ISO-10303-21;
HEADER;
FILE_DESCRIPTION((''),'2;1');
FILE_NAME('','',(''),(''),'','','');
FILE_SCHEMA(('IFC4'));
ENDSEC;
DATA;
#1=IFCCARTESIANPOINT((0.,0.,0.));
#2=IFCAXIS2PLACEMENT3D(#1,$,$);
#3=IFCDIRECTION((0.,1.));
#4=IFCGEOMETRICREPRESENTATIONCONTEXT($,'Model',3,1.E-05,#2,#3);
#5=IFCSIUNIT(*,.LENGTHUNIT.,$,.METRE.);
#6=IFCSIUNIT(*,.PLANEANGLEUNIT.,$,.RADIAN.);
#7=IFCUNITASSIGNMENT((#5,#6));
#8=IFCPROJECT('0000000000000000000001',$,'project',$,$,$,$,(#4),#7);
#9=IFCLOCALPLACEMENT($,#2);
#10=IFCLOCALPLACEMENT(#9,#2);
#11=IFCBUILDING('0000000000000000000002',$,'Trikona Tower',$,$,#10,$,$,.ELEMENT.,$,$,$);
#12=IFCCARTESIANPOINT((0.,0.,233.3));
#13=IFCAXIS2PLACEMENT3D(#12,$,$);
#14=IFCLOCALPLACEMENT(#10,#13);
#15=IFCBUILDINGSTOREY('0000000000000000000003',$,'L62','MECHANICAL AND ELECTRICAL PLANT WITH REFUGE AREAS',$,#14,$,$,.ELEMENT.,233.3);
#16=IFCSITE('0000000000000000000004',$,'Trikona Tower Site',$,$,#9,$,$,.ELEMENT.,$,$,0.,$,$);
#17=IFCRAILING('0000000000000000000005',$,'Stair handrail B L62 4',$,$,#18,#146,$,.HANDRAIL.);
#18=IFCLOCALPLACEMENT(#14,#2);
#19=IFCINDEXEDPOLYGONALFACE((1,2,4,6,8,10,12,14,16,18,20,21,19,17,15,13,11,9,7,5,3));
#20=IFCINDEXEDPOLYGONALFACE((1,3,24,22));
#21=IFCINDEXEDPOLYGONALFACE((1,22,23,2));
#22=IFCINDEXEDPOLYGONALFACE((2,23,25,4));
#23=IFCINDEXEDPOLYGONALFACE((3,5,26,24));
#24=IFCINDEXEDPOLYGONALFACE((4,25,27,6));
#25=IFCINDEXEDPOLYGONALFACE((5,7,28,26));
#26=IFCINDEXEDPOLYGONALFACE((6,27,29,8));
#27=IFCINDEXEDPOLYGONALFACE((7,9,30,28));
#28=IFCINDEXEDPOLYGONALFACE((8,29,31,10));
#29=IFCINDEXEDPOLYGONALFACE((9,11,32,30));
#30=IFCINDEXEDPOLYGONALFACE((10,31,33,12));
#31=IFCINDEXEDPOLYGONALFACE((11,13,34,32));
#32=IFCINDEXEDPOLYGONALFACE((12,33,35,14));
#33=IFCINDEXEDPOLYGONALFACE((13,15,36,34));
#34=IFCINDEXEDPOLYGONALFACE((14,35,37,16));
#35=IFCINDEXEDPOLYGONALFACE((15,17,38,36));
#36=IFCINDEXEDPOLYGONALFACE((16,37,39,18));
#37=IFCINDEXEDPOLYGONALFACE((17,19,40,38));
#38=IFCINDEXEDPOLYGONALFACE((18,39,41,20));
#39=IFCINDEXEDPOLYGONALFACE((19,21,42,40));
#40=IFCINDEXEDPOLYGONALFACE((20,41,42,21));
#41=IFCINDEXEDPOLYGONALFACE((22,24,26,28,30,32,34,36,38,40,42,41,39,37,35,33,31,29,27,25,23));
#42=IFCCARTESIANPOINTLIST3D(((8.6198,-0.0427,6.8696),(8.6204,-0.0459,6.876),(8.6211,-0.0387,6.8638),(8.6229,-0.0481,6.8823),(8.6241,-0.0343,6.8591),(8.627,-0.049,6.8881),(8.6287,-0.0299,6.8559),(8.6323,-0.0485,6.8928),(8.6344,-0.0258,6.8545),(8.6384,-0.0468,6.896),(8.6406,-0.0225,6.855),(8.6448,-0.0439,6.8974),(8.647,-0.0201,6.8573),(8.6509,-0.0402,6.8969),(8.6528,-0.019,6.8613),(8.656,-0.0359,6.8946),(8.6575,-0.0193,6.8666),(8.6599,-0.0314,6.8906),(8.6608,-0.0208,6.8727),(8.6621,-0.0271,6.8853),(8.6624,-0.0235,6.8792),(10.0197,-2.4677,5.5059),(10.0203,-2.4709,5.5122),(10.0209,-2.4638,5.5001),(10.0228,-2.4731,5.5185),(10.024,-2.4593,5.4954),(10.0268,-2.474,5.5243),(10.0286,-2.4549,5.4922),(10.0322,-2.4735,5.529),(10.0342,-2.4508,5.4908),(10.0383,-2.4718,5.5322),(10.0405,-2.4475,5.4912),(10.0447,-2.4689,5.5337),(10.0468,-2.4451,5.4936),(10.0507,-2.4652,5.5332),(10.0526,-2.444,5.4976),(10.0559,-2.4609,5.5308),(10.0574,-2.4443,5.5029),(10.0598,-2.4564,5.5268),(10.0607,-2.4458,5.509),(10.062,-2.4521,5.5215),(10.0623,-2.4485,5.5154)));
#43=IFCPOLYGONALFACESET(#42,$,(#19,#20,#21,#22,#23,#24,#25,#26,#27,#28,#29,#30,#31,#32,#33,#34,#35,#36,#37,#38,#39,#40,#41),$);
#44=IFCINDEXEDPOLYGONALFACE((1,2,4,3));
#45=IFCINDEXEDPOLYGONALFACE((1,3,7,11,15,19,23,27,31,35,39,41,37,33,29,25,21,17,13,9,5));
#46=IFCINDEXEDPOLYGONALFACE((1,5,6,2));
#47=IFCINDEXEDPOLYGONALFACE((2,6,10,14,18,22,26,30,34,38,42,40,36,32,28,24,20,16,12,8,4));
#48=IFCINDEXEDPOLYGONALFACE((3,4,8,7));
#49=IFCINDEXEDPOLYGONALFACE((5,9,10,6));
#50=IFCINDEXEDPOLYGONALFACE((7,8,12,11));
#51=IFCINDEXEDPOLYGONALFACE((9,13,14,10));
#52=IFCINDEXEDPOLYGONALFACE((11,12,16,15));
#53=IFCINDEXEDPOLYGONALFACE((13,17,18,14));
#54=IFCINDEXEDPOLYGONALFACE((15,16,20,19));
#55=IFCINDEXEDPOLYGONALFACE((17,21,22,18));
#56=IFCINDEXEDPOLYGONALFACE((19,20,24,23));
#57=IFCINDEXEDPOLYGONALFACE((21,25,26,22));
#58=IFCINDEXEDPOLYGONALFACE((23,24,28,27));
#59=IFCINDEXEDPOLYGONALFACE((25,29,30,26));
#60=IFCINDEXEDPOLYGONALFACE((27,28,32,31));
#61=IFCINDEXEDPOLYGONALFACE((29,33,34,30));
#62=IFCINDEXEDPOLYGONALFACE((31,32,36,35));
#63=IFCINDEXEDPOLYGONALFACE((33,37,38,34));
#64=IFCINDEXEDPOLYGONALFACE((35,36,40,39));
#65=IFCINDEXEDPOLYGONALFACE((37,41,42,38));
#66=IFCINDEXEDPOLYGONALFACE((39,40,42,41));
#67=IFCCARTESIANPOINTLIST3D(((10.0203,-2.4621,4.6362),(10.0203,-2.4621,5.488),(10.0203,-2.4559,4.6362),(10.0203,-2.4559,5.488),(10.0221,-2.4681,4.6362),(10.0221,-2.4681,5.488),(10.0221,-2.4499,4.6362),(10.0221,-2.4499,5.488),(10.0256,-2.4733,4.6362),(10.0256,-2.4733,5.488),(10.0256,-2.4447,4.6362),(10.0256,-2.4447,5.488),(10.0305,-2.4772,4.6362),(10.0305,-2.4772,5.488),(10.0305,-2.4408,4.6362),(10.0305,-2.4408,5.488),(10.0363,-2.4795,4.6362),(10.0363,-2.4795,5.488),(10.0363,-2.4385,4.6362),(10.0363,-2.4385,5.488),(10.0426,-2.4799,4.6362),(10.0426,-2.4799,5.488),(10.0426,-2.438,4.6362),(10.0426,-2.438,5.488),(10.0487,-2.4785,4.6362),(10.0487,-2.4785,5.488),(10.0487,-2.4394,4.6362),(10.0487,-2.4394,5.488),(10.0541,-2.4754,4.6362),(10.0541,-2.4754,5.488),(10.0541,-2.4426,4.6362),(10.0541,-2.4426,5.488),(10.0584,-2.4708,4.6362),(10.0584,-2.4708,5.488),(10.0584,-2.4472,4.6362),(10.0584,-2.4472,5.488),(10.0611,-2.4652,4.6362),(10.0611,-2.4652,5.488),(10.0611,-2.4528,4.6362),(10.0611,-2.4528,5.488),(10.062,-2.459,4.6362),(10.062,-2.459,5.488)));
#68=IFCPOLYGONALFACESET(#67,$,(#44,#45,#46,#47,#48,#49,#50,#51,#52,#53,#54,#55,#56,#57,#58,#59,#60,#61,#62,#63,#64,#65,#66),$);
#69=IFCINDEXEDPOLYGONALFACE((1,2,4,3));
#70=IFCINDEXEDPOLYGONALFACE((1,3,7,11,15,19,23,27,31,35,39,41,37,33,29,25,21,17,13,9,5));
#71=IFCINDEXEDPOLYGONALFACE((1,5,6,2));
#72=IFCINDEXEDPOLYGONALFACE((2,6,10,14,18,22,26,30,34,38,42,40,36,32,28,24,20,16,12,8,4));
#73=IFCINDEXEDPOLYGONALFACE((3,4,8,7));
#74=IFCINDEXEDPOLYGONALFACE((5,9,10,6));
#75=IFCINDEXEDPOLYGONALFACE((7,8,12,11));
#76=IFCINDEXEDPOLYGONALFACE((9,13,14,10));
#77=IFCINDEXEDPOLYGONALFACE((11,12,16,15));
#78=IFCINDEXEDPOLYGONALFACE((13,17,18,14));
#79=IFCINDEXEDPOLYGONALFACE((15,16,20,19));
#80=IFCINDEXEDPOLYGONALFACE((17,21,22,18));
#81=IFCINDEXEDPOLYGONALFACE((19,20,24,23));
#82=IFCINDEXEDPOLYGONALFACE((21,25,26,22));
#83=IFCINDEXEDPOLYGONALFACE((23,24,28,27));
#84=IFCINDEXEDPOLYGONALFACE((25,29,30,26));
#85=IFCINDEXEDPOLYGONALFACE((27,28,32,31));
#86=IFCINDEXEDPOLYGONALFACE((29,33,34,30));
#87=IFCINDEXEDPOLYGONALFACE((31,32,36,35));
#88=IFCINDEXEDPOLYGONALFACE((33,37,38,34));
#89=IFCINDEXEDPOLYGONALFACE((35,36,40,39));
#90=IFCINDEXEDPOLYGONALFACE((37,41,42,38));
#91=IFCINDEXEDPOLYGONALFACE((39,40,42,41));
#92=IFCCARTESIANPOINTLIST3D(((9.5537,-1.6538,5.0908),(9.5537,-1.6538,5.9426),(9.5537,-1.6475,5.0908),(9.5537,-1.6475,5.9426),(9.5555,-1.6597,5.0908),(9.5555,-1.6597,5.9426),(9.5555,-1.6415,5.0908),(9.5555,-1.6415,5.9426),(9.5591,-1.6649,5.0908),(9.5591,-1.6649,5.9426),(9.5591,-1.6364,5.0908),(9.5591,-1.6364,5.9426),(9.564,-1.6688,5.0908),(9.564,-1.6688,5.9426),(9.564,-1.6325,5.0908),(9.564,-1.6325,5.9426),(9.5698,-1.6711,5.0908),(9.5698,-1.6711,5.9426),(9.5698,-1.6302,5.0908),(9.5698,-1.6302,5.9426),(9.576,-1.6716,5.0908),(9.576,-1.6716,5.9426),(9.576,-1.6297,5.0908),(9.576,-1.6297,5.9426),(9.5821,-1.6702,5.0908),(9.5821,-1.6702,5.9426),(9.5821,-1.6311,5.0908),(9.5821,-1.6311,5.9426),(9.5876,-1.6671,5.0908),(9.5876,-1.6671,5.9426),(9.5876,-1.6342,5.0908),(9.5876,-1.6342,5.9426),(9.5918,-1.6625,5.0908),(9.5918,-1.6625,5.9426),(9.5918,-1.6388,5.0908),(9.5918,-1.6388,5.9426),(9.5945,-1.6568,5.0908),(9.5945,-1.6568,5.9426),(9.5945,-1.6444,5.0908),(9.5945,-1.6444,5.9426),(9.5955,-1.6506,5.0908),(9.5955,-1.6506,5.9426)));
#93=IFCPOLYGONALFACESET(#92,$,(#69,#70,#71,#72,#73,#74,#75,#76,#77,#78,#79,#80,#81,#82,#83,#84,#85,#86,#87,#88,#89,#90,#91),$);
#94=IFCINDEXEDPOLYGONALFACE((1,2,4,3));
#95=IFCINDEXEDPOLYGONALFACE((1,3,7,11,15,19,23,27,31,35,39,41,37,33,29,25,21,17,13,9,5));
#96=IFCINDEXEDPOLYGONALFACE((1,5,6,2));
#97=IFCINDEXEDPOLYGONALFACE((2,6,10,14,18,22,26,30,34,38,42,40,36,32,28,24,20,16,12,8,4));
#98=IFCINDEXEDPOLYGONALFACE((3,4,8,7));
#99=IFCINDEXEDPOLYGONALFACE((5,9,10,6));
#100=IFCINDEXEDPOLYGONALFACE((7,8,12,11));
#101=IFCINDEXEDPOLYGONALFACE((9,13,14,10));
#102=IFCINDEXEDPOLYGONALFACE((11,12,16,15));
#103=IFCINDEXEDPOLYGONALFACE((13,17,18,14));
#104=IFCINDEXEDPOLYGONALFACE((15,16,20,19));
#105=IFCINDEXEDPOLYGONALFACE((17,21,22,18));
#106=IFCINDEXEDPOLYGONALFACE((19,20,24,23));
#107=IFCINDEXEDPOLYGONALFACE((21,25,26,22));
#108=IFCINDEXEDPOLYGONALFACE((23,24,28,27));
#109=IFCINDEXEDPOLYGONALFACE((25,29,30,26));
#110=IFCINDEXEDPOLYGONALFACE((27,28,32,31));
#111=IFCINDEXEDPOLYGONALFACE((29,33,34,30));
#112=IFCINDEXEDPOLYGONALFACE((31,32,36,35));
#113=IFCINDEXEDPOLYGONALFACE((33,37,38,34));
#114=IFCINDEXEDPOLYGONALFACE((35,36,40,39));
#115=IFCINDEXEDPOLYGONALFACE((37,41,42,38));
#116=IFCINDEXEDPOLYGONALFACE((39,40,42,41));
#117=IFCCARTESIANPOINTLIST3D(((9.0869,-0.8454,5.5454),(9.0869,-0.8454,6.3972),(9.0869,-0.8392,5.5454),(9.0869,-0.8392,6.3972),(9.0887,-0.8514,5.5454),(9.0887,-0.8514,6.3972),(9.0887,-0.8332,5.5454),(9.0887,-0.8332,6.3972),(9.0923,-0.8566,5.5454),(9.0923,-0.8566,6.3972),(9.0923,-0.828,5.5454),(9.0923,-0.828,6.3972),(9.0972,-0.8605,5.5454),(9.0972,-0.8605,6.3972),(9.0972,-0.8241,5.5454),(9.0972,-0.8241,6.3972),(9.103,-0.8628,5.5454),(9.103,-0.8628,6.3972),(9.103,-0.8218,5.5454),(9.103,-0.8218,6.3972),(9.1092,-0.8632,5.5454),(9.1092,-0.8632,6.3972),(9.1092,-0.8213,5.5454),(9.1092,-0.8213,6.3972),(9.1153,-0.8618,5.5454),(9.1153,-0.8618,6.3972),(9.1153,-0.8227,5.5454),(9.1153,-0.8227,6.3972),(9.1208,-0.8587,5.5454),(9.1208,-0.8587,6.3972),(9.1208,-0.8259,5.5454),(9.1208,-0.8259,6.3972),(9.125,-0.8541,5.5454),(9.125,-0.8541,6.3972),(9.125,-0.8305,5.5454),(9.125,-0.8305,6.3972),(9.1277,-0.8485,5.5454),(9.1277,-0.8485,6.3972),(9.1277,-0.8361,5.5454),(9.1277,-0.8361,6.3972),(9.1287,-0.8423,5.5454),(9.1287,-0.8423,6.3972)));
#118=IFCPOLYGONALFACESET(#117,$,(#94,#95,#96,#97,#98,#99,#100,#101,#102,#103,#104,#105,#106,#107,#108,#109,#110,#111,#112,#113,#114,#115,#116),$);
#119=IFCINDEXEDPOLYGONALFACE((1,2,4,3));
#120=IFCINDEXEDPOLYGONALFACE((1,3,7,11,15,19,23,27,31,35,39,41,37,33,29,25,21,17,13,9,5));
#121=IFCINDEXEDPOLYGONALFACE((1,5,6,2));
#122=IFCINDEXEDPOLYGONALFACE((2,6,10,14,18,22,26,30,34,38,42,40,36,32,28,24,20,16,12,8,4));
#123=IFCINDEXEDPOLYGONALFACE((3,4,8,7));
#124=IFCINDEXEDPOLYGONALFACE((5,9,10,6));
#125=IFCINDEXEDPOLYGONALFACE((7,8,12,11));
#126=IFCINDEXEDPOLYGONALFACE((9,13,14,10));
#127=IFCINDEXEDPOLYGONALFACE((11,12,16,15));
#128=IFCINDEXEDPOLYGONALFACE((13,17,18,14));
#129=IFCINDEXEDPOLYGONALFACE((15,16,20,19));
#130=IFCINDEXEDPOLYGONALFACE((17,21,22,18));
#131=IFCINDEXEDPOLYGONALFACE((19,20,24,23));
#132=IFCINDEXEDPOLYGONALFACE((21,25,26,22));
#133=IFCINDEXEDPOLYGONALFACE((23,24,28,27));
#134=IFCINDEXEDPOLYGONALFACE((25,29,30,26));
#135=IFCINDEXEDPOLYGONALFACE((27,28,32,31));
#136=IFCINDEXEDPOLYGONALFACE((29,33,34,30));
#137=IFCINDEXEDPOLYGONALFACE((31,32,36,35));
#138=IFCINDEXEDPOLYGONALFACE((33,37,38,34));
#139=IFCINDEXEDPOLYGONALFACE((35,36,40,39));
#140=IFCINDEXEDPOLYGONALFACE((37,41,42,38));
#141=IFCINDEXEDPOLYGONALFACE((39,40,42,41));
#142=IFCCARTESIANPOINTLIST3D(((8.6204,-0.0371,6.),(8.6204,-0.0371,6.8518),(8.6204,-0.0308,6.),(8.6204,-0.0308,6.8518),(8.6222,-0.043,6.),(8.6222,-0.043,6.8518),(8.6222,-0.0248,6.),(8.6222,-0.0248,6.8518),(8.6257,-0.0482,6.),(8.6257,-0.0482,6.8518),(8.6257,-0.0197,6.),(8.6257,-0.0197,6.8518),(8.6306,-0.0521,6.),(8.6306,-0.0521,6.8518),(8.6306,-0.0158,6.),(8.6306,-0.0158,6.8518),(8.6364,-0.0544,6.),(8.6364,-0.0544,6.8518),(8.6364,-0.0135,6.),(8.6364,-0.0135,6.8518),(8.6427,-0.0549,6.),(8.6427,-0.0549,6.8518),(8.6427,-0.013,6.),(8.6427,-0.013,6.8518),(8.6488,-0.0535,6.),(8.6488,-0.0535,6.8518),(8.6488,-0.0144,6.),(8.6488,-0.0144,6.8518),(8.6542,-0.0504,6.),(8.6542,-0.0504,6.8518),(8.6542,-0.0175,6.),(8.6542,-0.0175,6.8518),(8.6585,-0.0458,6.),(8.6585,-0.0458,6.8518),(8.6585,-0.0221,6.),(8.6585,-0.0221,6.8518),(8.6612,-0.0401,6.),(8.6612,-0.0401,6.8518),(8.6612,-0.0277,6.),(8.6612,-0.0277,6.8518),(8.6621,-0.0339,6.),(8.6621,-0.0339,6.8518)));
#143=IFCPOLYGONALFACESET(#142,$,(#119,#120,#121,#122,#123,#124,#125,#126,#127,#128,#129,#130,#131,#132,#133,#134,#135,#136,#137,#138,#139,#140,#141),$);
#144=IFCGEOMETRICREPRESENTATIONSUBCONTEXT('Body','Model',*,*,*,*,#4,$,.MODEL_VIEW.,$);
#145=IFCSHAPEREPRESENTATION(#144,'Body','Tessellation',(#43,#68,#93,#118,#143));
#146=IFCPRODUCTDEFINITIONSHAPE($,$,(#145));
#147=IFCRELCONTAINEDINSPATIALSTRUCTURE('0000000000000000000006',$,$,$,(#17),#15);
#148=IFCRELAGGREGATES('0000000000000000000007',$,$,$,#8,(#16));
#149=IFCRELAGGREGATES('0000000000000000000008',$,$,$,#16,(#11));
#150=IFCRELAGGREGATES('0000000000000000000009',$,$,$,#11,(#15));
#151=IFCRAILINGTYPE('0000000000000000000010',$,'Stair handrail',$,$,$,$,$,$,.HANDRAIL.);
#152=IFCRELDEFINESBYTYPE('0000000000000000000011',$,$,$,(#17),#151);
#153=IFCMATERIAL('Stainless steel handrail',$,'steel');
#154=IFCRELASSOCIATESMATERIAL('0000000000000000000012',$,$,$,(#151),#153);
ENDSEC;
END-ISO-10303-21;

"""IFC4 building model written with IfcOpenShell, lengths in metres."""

from ifc_helpers import new_model, si_unit, direction, frame, origin, origin_2d, place, context, subcontext, project, spatial, circle, extrude, material, type_object, element, save


model = new_model("IFC4")

# Units and contexts
model_context = context("Model", 3, precision=1e-05, world=origin(), true_north=direction((0.0, 1.0)))
body_context = subcontext(model_context, "Body", "Model", "MODEL_VIEW")
ifc_project = project(units=[si_unit("LENGTHUNIT", "METRE"), si_unit("PLANEANGLEUNIT", "RADIAN")], contexts=[model_context])

# Site, building, storey
site_placement = place(None, origin())
site = spatial("IfcSite", under=ifc_project, at=site_placement, Name="Trikona Tower Site", CompositionType="ELEMENT", RefElevation=0.0)
building_placement = place(site_placement, origin())
building = spatial("IfcBuilding", under=site, at=building_placement, Name="Trikona Tower", CompositionType="ELEMENT")
storey_placement = place(building_placement, frame((0.0, 0.0, 233.3)))
storey = spatial("IfcBuildingStorey", under=building, at=storey_placement, Name="L62", Description="MECHANICAL AND ELECTRICAL PLANT WITH REFUGE AREAS", CompositionType="ELEMENT", Elevation=233.3)

# Railing
ifc_material_1 = material(Name="Stainless steel handrail", Category="steel")
railing_type = type_object("IfcRailingType", Name="Stair handrail", PredefinedType="HANDRAIL", material=ifc_material_1)
for number, where, name in (
    (1, (10.041, -2.459, 4.6362), "Stair handrail B L62 4"),
):
    element("IfcRailing", number, at=place(storey_placement, frame(where)), inside=storey, type_object=railing_type, Name=name, PredefinedType="HANDRAIL", context=body_context, shape_type="SweptSolid", body=[
        extrude(circle(Radius=0.0239, at=origin_2d()), frame((0.0, 0.0, 0.876), z_axis=(-0.449471, 0.778618, 0.43787), x_axis=(-0.866056, -0.499946, 0.0)), (0.0, 0.0, 1.0), 3.1145),
        extrude(circle(Radius=0.021, at=origin_2d()), origin(), (0.0, 0.0, 1.0), 0.8518),
        extrude(circle(Radius=0.021, at=origin_2d()), frame((-0.4666, 0.8083, 0.4546)), (0.0, 0.0, 1.0), 0.8518),
        extrude(circle(Radius=0.021, at=origin_2d()), frame((-0.9333, 1.6167, 0.9092)), (0.0, 0.0, 1.0), 0.8518),
        extrude(circle(Radius=0.021, at=origin_2d()), frame((-1.3999, 2.425, 1.3638)), (0.0, 0.0, 1.0), 0.8518),
    ])

save(model, "model.ifc")
